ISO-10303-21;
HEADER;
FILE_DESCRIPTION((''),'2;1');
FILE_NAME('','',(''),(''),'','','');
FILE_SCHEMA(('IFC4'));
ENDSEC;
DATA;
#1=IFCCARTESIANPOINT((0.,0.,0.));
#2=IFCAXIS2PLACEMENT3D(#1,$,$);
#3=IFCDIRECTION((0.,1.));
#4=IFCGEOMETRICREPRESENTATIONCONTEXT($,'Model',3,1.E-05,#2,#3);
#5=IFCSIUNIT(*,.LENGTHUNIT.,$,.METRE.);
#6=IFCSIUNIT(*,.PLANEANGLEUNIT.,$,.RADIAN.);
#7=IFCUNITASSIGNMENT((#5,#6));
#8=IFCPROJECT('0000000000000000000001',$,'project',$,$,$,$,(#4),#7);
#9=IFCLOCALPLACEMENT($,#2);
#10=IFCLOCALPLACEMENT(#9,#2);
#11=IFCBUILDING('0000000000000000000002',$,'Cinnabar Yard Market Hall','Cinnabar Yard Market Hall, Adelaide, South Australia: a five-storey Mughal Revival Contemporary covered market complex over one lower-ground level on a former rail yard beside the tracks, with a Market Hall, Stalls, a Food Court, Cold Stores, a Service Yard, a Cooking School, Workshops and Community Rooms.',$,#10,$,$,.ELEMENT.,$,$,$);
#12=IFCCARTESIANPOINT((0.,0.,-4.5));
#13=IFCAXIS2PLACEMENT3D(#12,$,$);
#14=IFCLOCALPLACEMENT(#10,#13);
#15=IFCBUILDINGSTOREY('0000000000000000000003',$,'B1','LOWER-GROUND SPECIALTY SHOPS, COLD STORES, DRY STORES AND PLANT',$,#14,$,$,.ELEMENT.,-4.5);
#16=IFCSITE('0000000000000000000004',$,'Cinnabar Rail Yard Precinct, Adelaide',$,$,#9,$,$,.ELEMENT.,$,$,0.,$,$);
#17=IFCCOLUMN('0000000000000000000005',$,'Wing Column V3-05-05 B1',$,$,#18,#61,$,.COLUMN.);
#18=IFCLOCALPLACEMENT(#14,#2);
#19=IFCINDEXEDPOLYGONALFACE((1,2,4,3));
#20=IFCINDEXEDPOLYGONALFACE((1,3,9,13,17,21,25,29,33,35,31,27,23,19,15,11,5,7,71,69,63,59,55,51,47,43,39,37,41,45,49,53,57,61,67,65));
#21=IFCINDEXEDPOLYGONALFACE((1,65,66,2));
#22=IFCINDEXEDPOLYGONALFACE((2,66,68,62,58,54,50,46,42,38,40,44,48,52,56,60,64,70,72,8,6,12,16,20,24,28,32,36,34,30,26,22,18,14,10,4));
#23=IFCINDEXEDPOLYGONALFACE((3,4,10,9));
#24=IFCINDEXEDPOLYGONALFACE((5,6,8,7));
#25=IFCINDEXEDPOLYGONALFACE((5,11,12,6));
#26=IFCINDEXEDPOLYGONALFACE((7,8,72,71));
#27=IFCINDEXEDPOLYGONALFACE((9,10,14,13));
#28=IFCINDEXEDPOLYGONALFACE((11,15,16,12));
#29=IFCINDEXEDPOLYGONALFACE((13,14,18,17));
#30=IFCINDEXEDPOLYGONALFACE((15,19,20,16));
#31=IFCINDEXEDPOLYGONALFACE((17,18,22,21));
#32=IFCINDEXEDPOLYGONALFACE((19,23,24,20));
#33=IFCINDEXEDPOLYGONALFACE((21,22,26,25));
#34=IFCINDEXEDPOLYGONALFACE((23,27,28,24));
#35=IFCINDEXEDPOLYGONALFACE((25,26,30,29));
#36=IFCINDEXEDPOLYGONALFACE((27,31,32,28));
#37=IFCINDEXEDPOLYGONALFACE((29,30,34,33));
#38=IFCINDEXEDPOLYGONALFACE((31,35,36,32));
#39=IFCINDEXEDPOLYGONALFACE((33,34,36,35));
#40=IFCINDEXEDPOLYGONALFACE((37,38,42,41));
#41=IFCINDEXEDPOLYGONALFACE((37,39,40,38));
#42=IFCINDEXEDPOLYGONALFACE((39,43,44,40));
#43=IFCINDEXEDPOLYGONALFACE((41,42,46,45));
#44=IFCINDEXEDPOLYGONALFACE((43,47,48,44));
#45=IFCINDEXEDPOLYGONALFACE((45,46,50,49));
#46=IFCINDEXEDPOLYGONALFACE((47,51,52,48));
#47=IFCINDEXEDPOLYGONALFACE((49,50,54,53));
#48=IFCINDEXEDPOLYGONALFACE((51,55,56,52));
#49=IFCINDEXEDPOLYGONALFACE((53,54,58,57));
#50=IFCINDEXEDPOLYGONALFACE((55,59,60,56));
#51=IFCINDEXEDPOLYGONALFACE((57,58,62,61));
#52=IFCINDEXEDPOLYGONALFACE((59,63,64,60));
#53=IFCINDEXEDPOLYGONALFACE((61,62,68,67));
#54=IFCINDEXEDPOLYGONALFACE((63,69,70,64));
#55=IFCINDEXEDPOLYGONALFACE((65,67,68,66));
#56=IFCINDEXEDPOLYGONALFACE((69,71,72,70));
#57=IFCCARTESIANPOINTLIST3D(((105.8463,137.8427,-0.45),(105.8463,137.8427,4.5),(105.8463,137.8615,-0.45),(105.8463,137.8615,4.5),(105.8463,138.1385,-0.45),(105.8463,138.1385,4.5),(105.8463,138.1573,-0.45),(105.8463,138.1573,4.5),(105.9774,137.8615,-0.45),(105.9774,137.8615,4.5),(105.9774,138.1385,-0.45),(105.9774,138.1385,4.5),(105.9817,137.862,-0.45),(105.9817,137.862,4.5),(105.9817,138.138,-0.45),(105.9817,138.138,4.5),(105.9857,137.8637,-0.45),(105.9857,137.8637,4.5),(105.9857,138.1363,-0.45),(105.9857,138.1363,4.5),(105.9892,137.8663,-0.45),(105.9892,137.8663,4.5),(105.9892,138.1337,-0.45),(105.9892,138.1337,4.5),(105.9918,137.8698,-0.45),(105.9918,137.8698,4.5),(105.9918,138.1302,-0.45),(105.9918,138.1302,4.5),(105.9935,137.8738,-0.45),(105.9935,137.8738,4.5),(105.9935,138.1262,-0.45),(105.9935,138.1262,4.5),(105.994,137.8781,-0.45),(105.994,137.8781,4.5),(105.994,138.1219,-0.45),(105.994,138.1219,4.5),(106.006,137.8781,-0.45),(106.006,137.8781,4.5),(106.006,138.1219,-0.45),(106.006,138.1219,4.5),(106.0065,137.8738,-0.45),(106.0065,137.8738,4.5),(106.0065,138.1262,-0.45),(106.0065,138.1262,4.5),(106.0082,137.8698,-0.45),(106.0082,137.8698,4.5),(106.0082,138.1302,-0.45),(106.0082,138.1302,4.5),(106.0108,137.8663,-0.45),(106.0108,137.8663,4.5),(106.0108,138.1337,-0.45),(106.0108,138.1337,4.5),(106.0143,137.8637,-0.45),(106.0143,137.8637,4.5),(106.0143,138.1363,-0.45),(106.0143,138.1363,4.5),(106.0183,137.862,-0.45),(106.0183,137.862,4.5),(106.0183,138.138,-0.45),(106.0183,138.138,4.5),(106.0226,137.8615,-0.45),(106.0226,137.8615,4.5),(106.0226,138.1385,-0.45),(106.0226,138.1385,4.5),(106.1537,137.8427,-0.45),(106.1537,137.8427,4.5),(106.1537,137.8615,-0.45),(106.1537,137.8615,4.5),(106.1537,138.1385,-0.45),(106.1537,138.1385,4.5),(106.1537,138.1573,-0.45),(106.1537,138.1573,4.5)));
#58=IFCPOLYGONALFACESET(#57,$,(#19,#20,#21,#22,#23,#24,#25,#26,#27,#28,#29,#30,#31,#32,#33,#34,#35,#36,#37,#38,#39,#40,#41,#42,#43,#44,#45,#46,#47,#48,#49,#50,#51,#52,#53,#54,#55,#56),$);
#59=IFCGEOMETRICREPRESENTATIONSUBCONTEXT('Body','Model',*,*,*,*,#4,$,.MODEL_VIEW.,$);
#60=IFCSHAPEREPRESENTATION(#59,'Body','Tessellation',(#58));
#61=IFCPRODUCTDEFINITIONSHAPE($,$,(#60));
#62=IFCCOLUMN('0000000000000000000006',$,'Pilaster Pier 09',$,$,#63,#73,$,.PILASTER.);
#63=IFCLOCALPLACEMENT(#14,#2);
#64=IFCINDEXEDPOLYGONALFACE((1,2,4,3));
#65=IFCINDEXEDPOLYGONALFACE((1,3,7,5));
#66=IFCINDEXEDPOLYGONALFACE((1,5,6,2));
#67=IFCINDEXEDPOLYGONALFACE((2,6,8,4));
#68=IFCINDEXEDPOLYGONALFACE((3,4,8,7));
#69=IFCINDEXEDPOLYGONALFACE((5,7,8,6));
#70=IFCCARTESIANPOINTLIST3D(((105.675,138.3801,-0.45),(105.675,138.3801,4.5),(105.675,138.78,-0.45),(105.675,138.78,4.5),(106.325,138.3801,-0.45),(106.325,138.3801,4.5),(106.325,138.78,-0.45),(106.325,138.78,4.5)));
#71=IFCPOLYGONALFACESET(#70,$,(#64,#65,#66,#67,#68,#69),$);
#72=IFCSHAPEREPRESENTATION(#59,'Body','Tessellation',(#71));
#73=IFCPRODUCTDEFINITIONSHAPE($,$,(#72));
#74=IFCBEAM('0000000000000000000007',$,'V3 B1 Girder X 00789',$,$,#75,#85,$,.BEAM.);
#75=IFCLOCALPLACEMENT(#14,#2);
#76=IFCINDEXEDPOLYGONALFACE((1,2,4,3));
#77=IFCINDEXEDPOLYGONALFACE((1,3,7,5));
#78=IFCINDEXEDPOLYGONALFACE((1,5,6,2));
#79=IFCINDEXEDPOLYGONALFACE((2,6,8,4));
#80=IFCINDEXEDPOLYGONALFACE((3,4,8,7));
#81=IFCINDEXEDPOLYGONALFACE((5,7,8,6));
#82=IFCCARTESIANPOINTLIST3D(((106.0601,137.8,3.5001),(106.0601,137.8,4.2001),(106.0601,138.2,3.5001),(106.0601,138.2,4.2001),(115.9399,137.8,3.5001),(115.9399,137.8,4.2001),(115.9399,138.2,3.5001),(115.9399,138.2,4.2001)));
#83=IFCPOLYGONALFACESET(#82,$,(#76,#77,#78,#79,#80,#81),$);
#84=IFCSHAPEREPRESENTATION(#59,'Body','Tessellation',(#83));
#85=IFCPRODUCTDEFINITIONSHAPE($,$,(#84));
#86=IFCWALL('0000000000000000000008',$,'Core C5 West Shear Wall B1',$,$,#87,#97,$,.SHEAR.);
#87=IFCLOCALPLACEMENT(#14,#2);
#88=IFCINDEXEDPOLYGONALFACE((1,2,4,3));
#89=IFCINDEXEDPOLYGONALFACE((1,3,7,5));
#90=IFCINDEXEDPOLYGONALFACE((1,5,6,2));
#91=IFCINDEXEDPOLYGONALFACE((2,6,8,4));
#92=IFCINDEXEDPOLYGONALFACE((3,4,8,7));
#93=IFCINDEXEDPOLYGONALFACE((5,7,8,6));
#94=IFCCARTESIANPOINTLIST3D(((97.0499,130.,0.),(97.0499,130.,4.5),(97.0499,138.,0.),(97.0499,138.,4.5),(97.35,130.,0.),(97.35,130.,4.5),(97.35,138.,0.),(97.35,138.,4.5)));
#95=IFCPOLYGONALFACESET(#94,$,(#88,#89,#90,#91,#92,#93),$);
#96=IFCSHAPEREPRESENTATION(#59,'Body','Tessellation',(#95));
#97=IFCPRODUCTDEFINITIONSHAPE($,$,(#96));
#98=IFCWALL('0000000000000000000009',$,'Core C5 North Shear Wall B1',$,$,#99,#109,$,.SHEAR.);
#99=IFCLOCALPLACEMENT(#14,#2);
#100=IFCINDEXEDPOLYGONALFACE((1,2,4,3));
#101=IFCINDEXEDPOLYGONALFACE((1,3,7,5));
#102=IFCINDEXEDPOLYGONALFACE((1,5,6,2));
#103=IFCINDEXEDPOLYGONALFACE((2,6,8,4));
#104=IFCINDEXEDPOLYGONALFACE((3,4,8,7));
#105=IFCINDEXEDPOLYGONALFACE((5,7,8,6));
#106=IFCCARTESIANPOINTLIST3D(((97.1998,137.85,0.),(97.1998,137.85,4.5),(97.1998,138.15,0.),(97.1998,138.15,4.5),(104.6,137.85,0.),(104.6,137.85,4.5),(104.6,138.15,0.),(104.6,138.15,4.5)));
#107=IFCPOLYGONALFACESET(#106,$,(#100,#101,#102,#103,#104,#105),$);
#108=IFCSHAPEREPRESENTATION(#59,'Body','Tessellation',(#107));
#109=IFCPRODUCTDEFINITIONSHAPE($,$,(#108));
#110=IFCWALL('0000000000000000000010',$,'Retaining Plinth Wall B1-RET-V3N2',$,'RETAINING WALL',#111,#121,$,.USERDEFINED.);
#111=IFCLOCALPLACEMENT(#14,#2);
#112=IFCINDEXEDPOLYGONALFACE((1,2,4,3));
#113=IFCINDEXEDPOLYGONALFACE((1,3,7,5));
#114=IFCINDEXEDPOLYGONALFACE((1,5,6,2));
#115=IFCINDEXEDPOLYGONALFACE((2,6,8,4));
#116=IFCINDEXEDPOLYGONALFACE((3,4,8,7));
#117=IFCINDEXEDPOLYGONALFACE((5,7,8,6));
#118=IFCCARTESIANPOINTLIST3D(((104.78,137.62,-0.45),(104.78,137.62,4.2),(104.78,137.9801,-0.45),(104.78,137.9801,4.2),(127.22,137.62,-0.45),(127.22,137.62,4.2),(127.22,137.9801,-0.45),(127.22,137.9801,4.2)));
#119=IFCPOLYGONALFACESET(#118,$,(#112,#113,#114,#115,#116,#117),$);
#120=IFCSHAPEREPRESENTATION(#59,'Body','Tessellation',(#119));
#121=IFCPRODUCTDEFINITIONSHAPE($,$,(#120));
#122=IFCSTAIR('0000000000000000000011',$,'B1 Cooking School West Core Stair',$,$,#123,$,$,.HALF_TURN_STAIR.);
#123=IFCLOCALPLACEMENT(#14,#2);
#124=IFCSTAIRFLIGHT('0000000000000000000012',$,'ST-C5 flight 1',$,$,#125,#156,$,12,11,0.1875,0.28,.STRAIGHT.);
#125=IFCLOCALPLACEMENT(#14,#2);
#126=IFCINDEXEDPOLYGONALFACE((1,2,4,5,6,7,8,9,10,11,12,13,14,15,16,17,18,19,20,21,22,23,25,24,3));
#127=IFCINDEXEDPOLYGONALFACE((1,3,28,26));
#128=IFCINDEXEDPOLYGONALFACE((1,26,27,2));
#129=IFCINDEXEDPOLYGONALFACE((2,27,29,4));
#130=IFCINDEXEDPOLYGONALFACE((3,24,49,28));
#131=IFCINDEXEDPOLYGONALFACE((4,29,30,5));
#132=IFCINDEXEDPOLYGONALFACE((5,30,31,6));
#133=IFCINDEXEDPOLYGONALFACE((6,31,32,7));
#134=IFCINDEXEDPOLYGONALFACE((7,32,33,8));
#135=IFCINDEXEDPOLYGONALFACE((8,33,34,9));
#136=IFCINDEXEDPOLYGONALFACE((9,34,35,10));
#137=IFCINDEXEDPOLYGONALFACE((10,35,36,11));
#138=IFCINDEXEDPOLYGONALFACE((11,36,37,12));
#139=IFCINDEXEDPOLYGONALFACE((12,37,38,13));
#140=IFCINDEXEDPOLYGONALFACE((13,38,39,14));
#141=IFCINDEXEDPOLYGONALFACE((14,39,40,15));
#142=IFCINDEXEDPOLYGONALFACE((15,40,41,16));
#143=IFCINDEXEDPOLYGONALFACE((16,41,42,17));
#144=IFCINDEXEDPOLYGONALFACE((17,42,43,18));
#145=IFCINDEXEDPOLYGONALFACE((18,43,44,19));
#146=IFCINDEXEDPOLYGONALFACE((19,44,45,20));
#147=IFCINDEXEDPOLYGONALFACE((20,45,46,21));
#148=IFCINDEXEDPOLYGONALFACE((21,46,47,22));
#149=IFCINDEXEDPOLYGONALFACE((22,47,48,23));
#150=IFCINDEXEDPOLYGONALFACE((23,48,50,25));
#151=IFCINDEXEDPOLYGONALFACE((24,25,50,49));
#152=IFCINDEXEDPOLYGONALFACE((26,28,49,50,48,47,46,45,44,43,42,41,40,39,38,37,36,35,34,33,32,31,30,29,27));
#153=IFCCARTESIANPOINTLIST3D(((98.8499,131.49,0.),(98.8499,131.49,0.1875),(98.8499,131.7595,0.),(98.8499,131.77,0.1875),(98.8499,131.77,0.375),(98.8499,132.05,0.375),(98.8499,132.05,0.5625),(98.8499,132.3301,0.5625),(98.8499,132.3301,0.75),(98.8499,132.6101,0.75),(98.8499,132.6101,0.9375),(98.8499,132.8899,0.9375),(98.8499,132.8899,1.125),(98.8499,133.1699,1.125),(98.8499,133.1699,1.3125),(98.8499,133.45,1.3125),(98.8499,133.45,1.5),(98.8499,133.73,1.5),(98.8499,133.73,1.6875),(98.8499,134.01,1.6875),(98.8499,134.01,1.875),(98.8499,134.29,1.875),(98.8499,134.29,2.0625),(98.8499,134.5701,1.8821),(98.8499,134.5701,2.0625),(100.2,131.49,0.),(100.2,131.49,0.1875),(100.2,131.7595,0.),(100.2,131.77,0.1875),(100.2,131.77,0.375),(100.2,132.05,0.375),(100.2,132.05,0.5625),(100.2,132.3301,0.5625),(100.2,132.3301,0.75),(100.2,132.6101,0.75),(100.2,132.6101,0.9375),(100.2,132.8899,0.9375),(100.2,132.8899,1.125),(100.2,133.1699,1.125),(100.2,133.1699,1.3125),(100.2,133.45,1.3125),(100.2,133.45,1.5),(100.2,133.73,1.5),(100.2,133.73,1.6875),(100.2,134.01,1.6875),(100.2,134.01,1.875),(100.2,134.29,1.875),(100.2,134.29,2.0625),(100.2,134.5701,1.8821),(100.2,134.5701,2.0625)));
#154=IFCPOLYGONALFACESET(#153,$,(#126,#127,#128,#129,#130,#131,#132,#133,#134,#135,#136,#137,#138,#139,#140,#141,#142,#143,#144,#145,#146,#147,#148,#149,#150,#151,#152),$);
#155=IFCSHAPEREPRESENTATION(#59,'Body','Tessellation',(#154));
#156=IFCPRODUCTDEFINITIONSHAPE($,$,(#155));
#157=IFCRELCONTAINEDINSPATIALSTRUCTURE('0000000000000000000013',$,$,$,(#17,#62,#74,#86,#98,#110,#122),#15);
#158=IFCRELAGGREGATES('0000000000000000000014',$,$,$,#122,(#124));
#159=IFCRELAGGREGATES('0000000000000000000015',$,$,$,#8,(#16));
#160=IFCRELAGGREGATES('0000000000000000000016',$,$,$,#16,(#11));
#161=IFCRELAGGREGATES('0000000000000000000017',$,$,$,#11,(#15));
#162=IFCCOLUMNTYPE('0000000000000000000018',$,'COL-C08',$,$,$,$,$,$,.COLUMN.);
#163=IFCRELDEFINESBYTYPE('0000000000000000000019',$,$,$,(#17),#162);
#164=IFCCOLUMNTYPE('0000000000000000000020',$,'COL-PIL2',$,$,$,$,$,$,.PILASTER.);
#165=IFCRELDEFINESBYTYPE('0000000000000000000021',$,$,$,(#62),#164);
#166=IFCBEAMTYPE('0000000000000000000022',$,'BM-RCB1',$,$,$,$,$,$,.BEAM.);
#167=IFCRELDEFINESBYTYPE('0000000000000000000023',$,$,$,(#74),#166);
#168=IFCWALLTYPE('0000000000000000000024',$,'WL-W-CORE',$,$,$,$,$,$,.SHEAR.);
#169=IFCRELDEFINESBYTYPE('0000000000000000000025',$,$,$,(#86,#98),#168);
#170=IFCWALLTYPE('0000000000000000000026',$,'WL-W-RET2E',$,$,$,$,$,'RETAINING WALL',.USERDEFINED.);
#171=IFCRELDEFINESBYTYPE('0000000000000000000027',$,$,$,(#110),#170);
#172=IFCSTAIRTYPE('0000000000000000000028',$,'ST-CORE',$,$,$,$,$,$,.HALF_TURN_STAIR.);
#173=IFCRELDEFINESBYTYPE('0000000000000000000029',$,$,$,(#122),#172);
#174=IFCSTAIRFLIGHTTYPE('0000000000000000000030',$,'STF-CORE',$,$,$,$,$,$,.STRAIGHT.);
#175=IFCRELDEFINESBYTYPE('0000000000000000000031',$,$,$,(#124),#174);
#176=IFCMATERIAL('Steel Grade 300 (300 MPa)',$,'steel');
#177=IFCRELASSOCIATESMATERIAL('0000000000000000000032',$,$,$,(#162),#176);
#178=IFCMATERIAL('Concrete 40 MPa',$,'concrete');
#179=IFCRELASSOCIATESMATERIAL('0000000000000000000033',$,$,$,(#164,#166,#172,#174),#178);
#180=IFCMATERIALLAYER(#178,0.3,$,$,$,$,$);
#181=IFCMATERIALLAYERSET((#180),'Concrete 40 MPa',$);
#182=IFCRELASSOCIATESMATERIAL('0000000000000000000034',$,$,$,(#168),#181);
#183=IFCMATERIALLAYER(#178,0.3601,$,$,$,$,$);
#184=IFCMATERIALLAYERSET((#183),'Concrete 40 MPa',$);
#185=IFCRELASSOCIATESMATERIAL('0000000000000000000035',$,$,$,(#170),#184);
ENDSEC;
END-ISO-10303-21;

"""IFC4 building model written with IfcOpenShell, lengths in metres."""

from ifc_helpers import new_model, si_unit, direction, frame, frame_2d, origin, origin_2d_with_axis, place, context, subcontext, project, spatial, polyline, rectangle, i_section, outline, extrude, material, layer, layer_set, material_profile, profile_set, type_object, element, aggregate, save


model = new_model("IFC4")

# Units and contexts
model_context = context("Model", 3, precision=1e-05, world=origin(), true_north=direction((0.0, 1.0)))
body_context = subcontext(model_context, "Body", "Model", "MODEL_VIEW")
ifc_project = project(units=[si_unit("LENGTHUNIT", "METRE"), si_unit("PLANEANGLEUNIT", "RADIAN")], contexts=[model_context])

# Site, building, storey
site_placement = place(None, origin())
site = spatial("IfcSite", under=ifc_project, at=site_placement, Name="Cinnabar Rail Yard Precinct, Adelaide", CompositionType="ELEMENT", RefElevation=0.0)
building_placement = place(site_placement, origin())
building = spatial("IfcBuilding", under=site, at=building_placement, Name="Cinnabar Yard Market Hall", Description="Cinnabar Yard Market Hall, Adelaide, South Australia: a five-storey Mughal Revival Contemporary covered market complex over one lower-ground level on a former rail yard beside the tracks, with a Market Hall, Stalls, a Food Court, Cold Stores, a Service Yard, a Cooking School, Workshops and Community Rooms.", CompositionType="ELEMENT")
storey_placement = place(building_placement, frame((0.0, 0.0, -4.5)))
storey = spatial("IfcBuildingStorey", under=building, at=storey_placement, Name="B1", Description="LOWER-GROUND SPECIALTY SHOPS, COLD STORES, DRY STORES AND PLANT", CompositionType="ELEMENT", Elevation=-4.5)

# Shared definitions
ifc_material_1 = material(Name="Concrete 40 MPa", Category="concrete")

# Columns
ifc_material_2 = material(Name="Steel Grade 300 (300 MPa)", Category="steel")
ifc_material_profile_1 = material_profile(ifc_material_2, i_section(OverallWidth=0.3074, OverallDepth=0.3147, WebThickness=0.012, FlangeThickness=0.0188, FilletRadius=0.0166, at=origin_2d_with_axis()), Name="310UC118")
ifc_profile_set_1 = profile_set([ifc_material_profile_1], Name="Steel Grade 300 (300 MPa)")
column_type_1 = type_object("IfcColumnType", Name="COL-C08", PredefinedType="COLUMN", material=ifc_profile_set_1)
column_1_placement = place(storey_placement, frame((106.0, 138.0, -0.45), z_axis=(0.0, 0.0, 1.0), x_axis=(1.0, 0.0, 0.0)))
element("IfcColumn", 1, at=column_1_placement, inside=storey, type_object=column_type_1, Name="Wing Column V3-05-05 B1", PredefinedType="COLUMN", context=body_context, shape_type="SweptSolid", body=[
    extrude(i_section(OverallWidth=0.3074, OverallDepth=0.3147, WebThickness=0.012, FlangeThickness=0.0188, FilletRadius=0.0166, at=origin_2d_with_axis()), origin(), (0.0, 0.0, 1.0), 4.95),
])
ifc_material_profile_2 = material_profile(ifc_material_1, rectangle(XDim=0.6499, YDim=0.3999, at=origin_2d_with_axis()), Name="RC-650x400")
ifc_profile_set_2 = profile_set([ifc_material_profile_2], Name="Concrete 40 MPa")
column_type_2 = type_object("IfcColumnType", Name="COL-PIL2", PredefinedType="PILASTER", material=ifc_profile_set_2)
column_2_placement = place(storey_placement, frame((106.0, 138.5801, -0.45), z_axis=(0.0, 0.0, 1.0), x_axis=(1.0, 0.0, 0.0)))
element("IfcColumn", 2, at=column_2_placement, inside=storey, type_object=column_type_2, Name="Pilaster Pier 09", PredefinedType="PILASTER", context=body_context, shape_type="SweptSolid", body=[
    extrude(rectangle(XDim=0.6499, YDim=0.3999, at=origin_2d_with_axis()), origin(), (0.0, 0.0, 1.0), 4.95),
])

# Beam
ifc_material_profile_3 = material_profile(ifc_material_1, rectangle(XDim=0.3999, YDim=0.7, at=origin_2d_with_axis()), Name="RCB-400x700")
ifc_profile_set_3 = profile_set([ifc_material_profile_3], Name="Concrete 40 MPa")
beam_type = type_object("IfcBeamType", Name="BM-RCB1", PredefinedType="BEAM", material=ifc_profile_set_3)
beam_placement = place(storey_placement, frame((106.0601, 138.0, 3.8501), z_axis=(1.0, 0.0, 0.0), x_axis=(0.0, 1.0, 0.0)))
element("IfcBeam", 3, at=beam_placement, inside=storey, type_object=beam_type, Name="V3 B1 Girder X 00789", PredefinedType="BEAM", context=body_context, shape_type="SweptSolid", body=[
    extrude(rectangle(XDim=0.3999, YDim=0.7, at=origin_2d_with_axis()), origin(), (0.0, 0.0, 1.0), 9.8799),
])

# Walls
ifc_layer_1 = layer(ifc_material_1, 0.3)
ifc_layer_set_1 = layer_set([ifc_layer_1], Name="Concrete 40 MPa")
wall_type_1 = type_object("IfcWallType", Name="WL-W-CORE", PredefinedType="SHEAR", material=ifc_layer_set_1)
wall_1_placement = place(storey_placement, frame((97.2, 138.0, 0.0), z_axis=(0.0, 0.0, 1.0), x_axis=(0.0, -1.0, 0.0)))
element("IfcWall", 4, at=wall_1_placement, inside=storey, type_object=wall_type_1, Name="Core C5 West Shear Wall B1", PredefinedType="SHEAR", context=body_context, shape_type="SweptSolid", body=[
    extrude(rectangle(XDim=8.0, YDim=0.3, at=frame_2d((4.0, 0.0), x_axis=(1.0, 0.0))), origin(), (0.0, 0.0, 1.0), 4.5),
])
wall_2_placement = place(storey_placement, frame((104.6001, 138.0, 0.0), z_axis=(0.0, 0.0, 1.0), x_axis=(-1.0, 0.0, 0.0)))
element("IfcWall", 5, at=wall_2_placement, inside=storey, type_object=wall_type_1, Name="Core C5 North Shear Wall B1", PredefinedType="SHEAR", context=body_context, shape_type="SweptSolid", body=[
    extrude(rectangle(XDim=7.4001, YDim=0.3, at=frame_2d((3.7002, 0.0), x_axis=(1.0, 0.0))), origin(), (0.0, 0.0, 1.0), 4.5),
])
ifc_layer_2 = layer(ifc_material_1, 0.3601)
ifc_layer_set_2 = layer_set([ifc_layer_2], Name="Concrete 40 MPa")
wall_type_2 = type_object("IfcWallType", Name="WL-W-RET2E", ElementType="RETAINING WALL", PredefinedType="USERDEFINED", material=ifc_layer_set_2)
wall_3_placement = place(storey_placement, frame((104.78, 137.8, -0.45), z_axis=(0.0, 0.0, 1.0), x_axis=(1.0, 0.0, 0.0)))
element("IfcWall", 6, at=wall_3_placement, inside=storey, type_object=wall_type_2, Name="Retaining Plinth Wall B1-RET-V3N2", ObjectType="RETAINING WALL", PredefinedType="USERDEFINED", context=body_context, shape_type="SweptSolid", body=[
    extrude(rectangle(XDim=22.4399, YDim=0.3601, at=frame_2d((11.22, 0.0), x_axis=(1.0, 0.0))), origin(), (0.0, 0.0, 1.0), 4.6499),
])

# Stair, stair flight
stair_type = type_object("IfcStairType", Name="ST-CORE", PredefinedType="HALF_TURN_STAIR", material=ifc_material_1)
stair_placement = place(storey_placement, origin())
stair = element("IfcStair", 7, at=stair_placement, inside=storey, type_object=stair_type, Name="B1 Cooking School West Core Stair", PredefinedType="HALF_TURN_STAIR")
stair_flight_type = type_object("IfcStairFlightType", Name="STF-CORE", PredefinedType="STRAIGHT", material=ifc_material_1)
stair_flight_1_placement = place(storey_placement, frame((99.5249, 131.49, 0.0), z_axis=(0.0, 0.0, 1.0), x_axis=(0.0, 1.0, 0.0)))
stair_flight_1 = element("IfcStairFlight", 8, at=stair_flight_1_placement, type_object=stair_flight_type, Name="ST-C5 flight 1", NumberOfRisers=12, NumberOfTreads=11, PredefinedType="STRAIGHT", RiserHeight=0.1875, TreadLength=0.28, context=body_context, shape_type="SweptSolid", body=[
    extrude(outline(polyline([(0.0, 0.0), (0.0, 0.1875), (0.28, 0.1875), (0.28, 0.375), (0.5601, 0.375), (0.5601, 0.5625), (0.8401, 0.5625), (0.8401, 0.75), (1.1201, 0.75), (1.1201, 0.9375), (1.3999, 0.9375), (1.3999, 1.125), (1.6799, 1.125), (1.6799, 1.3125), (1.96, 1.3125), (1.96, 1.5), (2.24, 1.5), (2.24, 1.6875), (2.52, 1.6875), (2.52, 1.875), (2.8, 1.875), (2.8, 2.0625), (3.0801, 2.0625), (3.0801, 2.25), (3.0801, 1.8821), (0.2695, 0.0), (0.0, 0.0)])), frame((0.0, 0.675, 0.0), z_axis=(0.0, -1.0, 0.0), x_axis=(1.0, 0.0, 0.0)), (0.0, 0.0, 1.0), 1.3501),
])
aggregate(stair, [stair_flight_1])

save(model, "model.ifc")
